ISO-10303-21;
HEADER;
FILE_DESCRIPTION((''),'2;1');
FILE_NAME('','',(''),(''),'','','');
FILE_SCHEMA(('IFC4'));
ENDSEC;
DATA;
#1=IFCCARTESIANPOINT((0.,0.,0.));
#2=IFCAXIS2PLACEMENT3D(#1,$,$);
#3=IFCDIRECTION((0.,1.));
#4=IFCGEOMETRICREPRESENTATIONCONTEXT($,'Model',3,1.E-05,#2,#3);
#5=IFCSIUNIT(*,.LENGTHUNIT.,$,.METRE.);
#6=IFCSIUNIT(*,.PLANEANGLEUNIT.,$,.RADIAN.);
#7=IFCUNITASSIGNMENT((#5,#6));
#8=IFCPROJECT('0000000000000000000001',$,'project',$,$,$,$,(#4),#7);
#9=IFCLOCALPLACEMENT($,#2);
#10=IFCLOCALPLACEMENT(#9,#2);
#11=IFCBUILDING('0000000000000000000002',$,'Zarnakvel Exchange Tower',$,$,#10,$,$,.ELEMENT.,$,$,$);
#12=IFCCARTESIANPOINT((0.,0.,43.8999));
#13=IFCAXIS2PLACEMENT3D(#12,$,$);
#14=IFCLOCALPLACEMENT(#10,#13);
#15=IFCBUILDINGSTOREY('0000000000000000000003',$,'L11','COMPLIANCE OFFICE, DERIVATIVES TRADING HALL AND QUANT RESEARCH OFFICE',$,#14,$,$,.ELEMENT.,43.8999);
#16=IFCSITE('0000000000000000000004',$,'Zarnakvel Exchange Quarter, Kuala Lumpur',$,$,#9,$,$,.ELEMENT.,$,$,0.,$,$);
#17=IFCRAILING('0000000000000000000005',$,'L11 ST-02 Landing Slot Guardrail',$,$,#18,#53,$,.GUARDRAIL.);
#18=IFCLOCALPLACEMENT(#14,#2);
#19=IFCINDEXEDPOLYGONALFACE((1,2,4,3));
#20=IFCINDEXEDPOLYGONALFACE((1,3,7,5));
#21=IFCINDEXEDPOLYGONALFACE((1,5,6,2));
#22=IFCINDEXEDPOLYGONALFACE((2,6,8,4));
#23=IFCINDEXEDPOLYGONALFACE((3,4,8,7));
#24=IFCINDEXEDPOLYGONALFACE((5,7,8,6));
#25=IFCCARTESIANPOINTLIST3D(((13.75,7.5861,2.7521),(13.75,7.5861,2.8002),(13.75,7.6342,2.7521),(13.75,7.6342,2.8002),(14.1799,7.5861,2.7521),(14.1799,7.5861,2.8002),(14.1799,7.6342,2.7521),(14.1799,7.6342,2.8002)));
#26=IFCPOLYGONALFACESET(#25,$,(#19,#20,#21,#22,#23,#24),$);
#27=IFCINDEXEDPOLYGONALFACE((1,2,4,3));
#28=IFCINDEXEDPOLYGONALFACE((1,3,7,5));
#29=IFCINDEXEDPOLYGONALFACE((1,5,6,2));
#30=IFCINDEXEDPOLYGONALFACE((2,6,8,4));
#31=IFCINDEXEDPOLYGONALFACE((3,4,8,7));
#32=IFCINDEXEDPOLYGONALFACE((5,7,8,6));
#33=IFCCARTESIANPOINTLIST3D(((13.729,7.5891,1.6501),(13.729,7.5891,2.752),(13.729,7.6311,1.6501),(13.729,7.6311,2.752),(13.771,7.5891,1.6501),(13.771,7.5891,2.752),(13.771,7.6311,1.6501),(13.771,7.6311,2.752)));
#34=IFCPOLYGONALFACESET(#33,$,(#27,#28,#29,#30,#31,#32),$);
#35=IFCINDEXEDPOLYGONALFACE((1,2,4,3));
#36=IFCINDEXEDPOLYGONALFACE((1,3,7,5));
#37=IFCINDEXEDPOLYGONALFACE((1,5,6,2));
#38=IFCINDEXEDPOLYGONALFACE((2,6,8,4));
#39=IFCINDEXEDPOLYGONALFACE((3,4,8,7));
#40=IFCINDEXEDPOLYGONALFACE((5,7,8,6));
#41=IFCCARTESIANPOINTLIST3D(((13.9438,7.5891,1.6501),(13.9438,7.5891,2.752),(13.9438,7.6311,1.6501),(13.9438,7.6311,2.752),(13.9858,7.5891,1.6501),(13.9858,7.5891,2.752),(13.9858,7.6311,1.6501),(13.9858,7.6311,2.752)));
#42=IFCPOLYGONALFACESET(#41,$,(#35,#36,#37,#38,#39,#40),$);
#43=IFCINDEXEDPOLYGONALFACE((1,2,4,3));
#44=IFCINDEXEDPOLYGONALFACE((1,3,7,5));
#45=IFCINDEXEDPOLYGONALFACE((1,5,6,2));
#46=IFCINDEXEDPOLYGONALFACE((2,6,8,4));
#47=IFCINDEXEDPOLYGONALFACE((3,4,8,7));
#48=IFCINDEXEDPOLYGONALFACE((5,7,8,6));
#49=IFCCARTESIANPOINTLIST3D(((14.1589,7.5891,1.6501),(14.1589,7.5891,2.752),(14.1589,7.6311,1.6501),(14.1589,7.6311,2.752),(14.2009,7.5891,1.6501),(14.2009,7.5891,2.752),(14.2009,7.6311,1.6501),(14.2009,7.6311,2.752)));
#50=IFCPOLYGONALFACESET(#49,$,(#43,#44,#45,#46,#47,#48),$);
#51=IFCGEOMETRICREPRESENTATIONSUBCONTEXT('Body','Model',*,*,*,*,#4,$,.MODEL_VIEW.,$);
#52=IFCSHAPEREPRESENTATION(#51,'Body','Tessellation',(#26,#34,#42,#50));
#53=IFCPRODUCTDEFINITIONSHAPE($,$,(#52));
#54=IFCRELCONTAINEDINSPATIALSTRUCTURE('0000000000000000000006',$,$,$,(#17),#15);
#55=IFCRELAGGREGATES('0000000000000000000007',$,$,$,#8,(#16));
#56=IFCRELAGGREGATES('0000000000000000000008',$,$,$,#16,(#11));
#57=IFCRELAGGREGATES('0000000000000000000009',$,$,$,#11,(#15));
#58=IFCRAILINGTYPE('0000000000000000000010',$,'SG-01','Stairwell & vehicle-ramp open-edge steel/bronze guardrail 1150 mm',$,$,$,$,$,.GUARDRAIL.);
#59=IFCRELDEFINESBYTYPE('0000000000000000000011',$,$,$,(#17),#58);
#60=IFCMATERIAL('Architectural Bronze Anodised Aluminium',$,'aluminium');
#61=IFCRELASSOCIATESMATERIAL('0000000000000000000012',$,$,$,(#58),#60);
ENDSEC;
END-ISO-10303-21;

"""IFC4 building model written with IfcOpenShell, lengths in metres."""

from ifc_helpers import new_model, si_unit, direction, frame, origin, origin_2d, place, context, subcontext, project, spatial, rectangle, extrude, material, type_object, element, save


model = new_model("IFC4")

# Units and contexts
model_context = context("Model", 3, precision=1e-05, world=origin(), true_north=direction((0.0, 1.0)))
body_context = subcontext(model_context, "Body", "Model", "MODEL_VIEW")
ifc_project = project(units=[si_unit("LENGTHUNIT", "METRE"), si_unit("PLANEANGLEUNIT", "RADIAN")], contexts=[model_context])

# Site, building, storey
site_placement = place(None, origin())
site = spatial("IfcSite", under=ifc_project, at=site_placement, Name="Zarnakvel Exchange Quarter, Kuala Lumpur", CompositionType="ELEMENT", RefElevation=0.0)
building_placement = place(site_placement, origin())
building = spatial("IfcBuilding", under=site, at=building_placement, Name="Zarnakvel Exchange Tower", CompositionType="ELEMENT")
storey_placement = place(building_placement, frame((0.0, 0.0, 43.8999)))
storey = spatial("IfcBuildingStorey", under=building, at=storey_placement, Name="L11", Description="COMPLIANCE OFFICE, DERIVATIVES TRADING HALL AND QUANT RESEARCH OFFICE", CompositionType="ELEMENT", Elevation=43.8999)

# Shared definitions
ifc_material_1 = material(Name="Architectural Bronze Anodised Aluminium", Category="aluminium")

# Railing
railing_type_1 = type_object("IfcRailingType", Name="SG-01", Description="Stairwell & vehicle-ramp open-edge steel/bronze guardrail 1150 mm", PredefinedType="GUARDRAIL", material=ifc_material_1)
railing_1_placement = place(storey_placement, frame((13.75, 7.6101, 1.6501)))
element("IfcRailing", 1, at=railing_1_placement, inside=storey, type_object=railing_type_1, Name="L11 ST-02 Landing Slot Guardrail", PredefinedType="GUARDRAIL", context=body_context, shape_type="SweptSolid", body=[
    extrude(rectangle(XDim=0.0481, YDim=0.0481, at=origin_2d()), frame((0.0, 0.0, 1.126), z_axis=(1.0, 0.0, 0.0), x_axis=(0.0, 1.0, 0.0)), (0.0, 0.0, 1.0), 0.4299),
    extrude(rectangle(XDim=0.042, YDim=0.042, at=origin_2d()), origin(), (0.0, 0.0, 1.0), 1.1018),
    extrude(rectangle(XDim=0.042, YDim=0.042, at=origin_2d()), frame((0.2148, 0.0, 0.0)), (0.0, 0.0, 1.0), 1.1018),
    extrude(rectangle(XDim=0.042, YDim=0.042, at=origin_2d()), frame((0.4299, 0.0, 0.0)), (0.0, 0.0, 1.0), 1.1018),
])

save(model, "model.ifc")
